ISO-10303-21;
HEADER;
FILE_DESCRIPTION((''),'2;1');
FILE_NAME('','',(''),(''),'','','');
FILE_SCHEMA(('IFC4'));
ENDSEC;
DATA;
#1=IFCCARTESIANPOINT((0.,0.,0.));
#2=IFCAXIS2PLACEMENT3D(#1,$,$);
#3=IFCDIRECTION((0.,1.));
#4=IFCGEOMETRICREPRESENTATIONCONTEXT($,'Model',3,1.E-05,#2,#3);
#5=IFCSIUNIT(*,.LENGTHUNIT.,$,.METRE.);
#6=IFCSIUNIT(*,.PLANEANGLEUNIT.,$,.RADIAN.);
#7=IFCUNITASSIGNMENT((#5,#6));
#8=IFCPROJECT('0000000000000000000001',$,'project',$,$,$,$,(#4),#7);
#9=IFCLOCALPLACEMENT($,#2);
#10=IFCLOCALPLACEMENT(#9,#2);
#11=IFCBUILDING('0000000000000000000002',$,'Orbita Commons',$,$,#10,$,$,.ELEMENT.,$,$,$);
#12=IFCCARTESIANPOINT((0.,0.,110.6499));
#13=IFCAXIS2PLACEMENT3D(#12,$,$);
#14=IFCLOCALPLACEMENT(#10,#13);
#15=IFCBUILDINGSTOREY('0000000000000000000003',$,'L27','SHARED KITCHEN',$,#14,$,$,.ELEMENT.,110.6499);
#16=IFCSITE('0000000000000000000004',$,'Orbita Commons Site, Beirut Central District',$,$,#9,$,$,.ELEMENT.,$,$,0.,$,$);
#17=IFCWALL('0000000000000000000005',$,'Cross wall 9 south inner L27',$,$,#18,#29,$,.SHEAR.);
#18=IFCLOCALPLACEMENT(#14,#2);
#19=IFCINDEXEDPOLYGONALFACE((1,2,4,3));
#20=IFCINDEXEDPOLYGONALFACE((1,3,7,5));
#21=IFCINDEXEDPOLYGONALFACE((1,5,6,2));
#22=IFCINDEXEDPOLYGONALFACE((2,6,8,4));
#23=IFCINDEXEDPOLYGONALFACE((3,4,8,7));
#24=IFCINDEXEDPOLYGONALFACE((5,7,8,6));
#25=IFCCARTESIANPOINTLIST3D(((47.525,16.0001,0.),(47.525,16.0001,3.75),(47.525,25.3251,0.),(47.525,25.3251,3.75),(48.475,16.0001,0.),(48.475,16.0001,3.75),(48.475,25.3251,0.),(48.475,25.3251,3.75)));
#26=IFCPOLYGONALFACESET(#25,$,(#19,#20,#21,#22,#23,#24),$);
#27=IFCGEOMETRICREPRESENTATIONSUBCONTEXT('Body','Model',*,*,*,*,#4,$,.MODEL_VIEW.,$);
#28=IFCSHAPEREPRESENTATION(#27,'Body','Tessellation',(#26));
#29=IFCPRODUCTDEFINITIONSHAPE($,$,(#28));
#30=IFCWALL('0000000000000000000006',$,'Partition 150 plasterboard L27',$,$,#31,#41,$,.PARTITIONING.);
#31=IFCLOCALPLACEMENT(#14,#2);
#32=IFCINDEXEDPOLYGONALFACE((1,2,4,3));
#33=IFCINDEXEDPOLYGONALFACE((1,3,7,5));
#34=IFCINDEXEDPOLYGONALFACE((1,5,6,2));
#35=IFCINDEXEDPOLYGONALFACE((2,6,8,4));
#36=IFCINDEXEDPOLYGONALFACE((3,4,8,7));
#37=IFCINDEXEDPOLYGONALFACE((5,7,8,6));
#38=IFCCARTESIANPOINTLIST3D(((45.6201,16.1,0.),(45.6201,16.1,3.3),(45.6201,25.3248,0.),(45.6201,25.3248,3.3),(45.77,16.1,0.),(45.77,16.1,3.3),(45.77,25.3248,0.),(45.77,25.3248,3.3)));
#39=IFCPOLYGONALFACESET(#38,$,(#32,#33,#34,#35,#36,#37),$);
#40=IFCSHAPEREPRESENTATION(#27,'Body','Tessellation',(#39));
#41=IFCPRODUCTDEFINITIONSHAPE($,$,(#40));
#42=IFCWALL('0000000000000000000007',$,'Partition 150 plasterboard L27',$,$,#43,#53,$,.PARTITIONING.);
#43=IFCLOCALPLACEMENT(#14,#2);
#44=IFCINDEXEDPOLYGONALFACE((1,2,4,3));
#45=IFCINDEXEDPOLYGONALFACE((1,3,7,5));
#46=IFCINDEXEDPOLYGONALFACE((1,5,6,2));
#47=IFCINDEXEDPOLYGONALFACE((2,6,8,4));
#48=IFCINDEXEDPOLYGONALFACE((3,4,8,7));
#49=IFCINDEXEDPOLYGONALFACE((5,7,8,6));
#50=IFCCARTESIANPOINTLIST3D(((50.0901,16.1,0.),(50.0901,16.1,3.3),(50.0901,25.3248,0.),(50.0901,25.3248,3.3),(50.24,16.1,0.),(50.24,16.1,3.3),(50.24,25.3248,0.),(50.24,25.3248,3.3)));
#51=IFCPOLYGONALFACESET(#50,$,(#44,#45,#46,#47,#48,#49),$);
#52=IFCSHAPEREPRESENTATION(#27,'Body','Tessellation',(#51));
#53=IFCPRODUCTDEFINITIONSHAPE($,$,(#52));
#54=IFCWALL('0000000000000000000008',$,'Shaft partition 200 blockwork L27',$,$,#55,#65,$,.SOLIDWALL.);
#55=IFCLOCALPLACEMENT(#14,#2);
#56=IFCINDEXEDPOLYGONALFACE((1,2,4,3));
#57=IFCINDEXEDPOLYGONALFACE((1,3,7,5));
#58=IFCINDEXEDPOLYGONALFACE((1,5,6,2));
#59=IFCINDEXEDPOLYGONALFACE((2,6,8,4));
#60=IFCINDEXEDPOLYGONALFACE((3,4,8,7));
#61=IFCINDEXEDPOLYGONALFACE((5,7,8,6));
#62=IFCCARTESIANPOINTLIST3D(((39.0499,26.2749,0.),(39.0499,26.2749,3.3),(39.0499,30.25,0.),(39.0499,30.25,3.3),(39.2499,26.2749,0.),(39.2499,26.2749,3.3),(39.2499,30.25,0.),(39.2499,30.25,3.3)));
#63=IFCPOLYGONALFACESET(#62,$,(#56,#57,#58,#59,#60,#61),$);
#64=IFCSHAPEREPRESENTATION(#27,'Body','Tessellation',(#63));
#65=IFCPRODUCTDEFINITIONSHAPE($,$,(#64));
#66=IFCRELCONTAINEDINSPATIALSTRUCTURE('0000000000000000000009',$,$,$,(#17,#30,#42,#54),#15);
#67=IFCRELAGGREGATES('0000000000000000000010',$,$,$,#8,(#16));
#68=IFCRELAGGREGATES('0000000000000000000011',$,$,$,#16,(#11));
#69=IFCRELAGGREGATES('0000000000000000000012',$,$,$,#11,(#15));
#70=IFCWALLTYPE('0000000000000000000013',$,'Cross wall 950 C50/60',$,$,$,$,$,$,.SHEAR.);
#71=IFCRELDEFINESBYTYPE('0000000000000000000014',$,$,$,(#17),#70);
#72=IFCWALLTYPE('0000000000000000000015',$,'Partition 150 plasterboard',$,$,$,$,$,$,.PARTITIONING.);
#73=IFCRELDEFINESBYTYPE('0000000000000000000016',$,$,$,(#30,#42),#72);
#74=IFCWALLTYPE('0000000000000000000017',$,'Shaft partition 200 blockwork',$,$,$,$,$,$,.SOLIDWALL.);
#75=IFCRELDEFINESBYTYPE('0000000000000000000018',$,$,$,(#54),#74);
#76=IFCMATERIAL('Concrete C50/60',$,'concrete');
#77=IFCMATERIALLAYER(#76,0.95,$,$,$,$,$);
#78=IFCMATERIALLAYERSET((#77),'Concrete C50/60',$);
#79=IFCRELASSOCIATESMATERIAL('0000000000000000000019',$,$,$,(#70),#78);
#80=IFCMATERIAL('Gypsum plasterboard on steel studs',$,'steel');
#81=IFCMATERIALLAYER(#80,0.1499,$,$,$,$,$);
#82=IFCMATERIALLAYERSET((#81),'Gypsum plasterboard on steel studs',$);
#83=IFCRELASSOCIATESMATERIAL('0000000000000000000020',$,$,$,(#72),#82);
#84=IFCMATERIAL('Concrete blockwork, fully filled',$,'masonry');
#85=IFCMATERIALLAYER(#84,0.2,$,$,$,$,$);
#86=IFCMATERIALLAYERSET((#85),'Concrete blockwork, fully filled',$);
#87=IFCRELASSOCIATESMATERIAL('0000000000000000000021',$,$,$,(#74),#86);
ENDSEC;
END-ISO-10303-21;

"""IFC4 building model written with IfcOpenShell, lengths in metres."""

from ifc_helpers import new_model, si_unit, direction, frame, frame_2d, origin, place, context, subcontext, project, spatial, rectangle, extrude, material, layer, layer_set, type_object, element, save


model = new_model("IFC4")

# Units and contexts
model_context = context("Model", 3, precision=1e-05, world=origin(), true_north=direction((0.0, 1.0)))
body_context = subcontext(model_context, "Body", "Model", "MODEL_VIEW")
ifc_project = project(units=[si_unit("LENGTHUNIT", "METRE"), si_unit("PLANEANGLEUNIT", "RADIAN")], contexts=[model_context])

# Site, building, storey
site_placement = place(None, origin())
site = spatial("IfcSite", under=ifc_project, at=site_placement, Name="Orbita Commons Site, Beirut Central District", CompositionType="ELEMENT", RefElevation=0.0)
building_placement = place(site_placement, origin())
building = spatial("IfcBuilding", under=site, at=building_placement, Name="Orbita Commons", CompositionType="ELEMENT")
storey_placement = place(building_placement, frame((0.0, 0.0, 110.6499)))
storey = spatial("IfcBuildingStorey", under=building, at=storey_placement, Name="L27", Description="SHARED KITCHEN", CompositionType="ELEMENT", Elevation=110.6499)

# Walls
ifc_material_1 = material(Name="Concrete C50/60", Category="concrete")
ifc_layer_1 = layer(ifc_material_1, 0.95)
ifc_layer_set_1 = layer_set([ifc_layer_1], Name="Concrete C50/60")
wall_type_1 = type_object("IfcWallType", Name="Cross wall 950 C50/60", PredefinedType="SHEAR", material=ifc_layer_set_1)
for number, where, z_axis, x_axis, name in (
    (1, (48.0, 16.0, 0.0), (0.0, 0.0, 1.0), (0.0, 1.0, 0.0), "Cross wall 9 south inner L27"),
):
    element("IfcWall", number, at=place(storey_placement, frame(where, z_axis=z_axis, x_axis=x_axis)), inside=storey, type_object=wall_type_1, Name=name, PredefinedType="SHEAR", context=body_context, shape_type="SweptSolid", body=[
        extrude(rectangle(XDim=9.325, YDim=0.95, at=frame_2d((4.6626, 0.0))), origin(), (0.0, 0.0, 1.0), 3.75),
    ])
ifc_material_2 = material(Name="Gypsum plasterboard on steel studs", Category="steel")
ifc_layer_2 = layer(ifc_material_2, 0.1499)
ifc_layer_set_2 = layer_set([ifc_layer_2], Name="Gypsum plasterboard on steel studs")
wall_type_2 = type_object("IfcWallType", Name="Partition 150 plasterboard", PredefinedType="PARTITIONING", material=ifc_layer_set_2)
for number, where, z_axis, x_axis, name in (
    (2, (45.6951, 16.1001, 0.0), (0.0, 0.0, 1.0), (0.0, 1.0, 0.0), "Partition 150 plasterboard L27"),
    (3, (50.165, 16.1001, 0.0), (0.0, 0.0, 1.0), (0.0, 1.0, 0.0), "Partition 150 plasterboard L27"),
):
    element("IfcWall", number, at=place(storey_placement, frame(where, z_axis=z_axis, x_axis=x_axis)), inside=storey, type_object=wall_type_2, Name=name, PredefinedType="PARTITIONING", context=body_context, shape_type="SweptSolid", body=[
        extrude(rectangle(XDim=9.2249, YDim=0.1499, at=frame_2d((4.6123, 0.0))), origin(), (0.0, 0.0, 1.0), 3.3),
    ])
ifc_material_3 = material(Name="Concrete blockwork, fully filled", Category="masonry")
ifc_layer_3 = layer(ifc_material_3, 0.2)
ifc_layer_set_3 = layer_set([ifc_layer_3], Name="Concrete blockwork, fully filled")
wall_type_3 = type_object("IfcWallType", Name="Shaft partition 200 blockwork", PredefinedType="SOLIDWALL", material=ifc_layer_set_3)
wall_1_placement = place(storey_placement, frame((39.1499, 26.2749, 0.0), z_axis=(0.0, 0.0, 1.0), x_axis=(0.0, 1.0, 0.0)))
element("IfcWall", 4, at=wall_1_placement, inside=storey, type_object=wall_type_3, Name="Shaft partition 200 blockwork L27", PredefinedType="SOLIDWALL", context=body_context, shape_type="SweptSolid", body=[
    extrude(rectangle(XDim=3.9751, YDim=0.2, at=frame_2d((1.9875, 0.0))), origin(), (0.0, 0.0, 1.0), 3.3),
])

save(model, "model.ifc")
